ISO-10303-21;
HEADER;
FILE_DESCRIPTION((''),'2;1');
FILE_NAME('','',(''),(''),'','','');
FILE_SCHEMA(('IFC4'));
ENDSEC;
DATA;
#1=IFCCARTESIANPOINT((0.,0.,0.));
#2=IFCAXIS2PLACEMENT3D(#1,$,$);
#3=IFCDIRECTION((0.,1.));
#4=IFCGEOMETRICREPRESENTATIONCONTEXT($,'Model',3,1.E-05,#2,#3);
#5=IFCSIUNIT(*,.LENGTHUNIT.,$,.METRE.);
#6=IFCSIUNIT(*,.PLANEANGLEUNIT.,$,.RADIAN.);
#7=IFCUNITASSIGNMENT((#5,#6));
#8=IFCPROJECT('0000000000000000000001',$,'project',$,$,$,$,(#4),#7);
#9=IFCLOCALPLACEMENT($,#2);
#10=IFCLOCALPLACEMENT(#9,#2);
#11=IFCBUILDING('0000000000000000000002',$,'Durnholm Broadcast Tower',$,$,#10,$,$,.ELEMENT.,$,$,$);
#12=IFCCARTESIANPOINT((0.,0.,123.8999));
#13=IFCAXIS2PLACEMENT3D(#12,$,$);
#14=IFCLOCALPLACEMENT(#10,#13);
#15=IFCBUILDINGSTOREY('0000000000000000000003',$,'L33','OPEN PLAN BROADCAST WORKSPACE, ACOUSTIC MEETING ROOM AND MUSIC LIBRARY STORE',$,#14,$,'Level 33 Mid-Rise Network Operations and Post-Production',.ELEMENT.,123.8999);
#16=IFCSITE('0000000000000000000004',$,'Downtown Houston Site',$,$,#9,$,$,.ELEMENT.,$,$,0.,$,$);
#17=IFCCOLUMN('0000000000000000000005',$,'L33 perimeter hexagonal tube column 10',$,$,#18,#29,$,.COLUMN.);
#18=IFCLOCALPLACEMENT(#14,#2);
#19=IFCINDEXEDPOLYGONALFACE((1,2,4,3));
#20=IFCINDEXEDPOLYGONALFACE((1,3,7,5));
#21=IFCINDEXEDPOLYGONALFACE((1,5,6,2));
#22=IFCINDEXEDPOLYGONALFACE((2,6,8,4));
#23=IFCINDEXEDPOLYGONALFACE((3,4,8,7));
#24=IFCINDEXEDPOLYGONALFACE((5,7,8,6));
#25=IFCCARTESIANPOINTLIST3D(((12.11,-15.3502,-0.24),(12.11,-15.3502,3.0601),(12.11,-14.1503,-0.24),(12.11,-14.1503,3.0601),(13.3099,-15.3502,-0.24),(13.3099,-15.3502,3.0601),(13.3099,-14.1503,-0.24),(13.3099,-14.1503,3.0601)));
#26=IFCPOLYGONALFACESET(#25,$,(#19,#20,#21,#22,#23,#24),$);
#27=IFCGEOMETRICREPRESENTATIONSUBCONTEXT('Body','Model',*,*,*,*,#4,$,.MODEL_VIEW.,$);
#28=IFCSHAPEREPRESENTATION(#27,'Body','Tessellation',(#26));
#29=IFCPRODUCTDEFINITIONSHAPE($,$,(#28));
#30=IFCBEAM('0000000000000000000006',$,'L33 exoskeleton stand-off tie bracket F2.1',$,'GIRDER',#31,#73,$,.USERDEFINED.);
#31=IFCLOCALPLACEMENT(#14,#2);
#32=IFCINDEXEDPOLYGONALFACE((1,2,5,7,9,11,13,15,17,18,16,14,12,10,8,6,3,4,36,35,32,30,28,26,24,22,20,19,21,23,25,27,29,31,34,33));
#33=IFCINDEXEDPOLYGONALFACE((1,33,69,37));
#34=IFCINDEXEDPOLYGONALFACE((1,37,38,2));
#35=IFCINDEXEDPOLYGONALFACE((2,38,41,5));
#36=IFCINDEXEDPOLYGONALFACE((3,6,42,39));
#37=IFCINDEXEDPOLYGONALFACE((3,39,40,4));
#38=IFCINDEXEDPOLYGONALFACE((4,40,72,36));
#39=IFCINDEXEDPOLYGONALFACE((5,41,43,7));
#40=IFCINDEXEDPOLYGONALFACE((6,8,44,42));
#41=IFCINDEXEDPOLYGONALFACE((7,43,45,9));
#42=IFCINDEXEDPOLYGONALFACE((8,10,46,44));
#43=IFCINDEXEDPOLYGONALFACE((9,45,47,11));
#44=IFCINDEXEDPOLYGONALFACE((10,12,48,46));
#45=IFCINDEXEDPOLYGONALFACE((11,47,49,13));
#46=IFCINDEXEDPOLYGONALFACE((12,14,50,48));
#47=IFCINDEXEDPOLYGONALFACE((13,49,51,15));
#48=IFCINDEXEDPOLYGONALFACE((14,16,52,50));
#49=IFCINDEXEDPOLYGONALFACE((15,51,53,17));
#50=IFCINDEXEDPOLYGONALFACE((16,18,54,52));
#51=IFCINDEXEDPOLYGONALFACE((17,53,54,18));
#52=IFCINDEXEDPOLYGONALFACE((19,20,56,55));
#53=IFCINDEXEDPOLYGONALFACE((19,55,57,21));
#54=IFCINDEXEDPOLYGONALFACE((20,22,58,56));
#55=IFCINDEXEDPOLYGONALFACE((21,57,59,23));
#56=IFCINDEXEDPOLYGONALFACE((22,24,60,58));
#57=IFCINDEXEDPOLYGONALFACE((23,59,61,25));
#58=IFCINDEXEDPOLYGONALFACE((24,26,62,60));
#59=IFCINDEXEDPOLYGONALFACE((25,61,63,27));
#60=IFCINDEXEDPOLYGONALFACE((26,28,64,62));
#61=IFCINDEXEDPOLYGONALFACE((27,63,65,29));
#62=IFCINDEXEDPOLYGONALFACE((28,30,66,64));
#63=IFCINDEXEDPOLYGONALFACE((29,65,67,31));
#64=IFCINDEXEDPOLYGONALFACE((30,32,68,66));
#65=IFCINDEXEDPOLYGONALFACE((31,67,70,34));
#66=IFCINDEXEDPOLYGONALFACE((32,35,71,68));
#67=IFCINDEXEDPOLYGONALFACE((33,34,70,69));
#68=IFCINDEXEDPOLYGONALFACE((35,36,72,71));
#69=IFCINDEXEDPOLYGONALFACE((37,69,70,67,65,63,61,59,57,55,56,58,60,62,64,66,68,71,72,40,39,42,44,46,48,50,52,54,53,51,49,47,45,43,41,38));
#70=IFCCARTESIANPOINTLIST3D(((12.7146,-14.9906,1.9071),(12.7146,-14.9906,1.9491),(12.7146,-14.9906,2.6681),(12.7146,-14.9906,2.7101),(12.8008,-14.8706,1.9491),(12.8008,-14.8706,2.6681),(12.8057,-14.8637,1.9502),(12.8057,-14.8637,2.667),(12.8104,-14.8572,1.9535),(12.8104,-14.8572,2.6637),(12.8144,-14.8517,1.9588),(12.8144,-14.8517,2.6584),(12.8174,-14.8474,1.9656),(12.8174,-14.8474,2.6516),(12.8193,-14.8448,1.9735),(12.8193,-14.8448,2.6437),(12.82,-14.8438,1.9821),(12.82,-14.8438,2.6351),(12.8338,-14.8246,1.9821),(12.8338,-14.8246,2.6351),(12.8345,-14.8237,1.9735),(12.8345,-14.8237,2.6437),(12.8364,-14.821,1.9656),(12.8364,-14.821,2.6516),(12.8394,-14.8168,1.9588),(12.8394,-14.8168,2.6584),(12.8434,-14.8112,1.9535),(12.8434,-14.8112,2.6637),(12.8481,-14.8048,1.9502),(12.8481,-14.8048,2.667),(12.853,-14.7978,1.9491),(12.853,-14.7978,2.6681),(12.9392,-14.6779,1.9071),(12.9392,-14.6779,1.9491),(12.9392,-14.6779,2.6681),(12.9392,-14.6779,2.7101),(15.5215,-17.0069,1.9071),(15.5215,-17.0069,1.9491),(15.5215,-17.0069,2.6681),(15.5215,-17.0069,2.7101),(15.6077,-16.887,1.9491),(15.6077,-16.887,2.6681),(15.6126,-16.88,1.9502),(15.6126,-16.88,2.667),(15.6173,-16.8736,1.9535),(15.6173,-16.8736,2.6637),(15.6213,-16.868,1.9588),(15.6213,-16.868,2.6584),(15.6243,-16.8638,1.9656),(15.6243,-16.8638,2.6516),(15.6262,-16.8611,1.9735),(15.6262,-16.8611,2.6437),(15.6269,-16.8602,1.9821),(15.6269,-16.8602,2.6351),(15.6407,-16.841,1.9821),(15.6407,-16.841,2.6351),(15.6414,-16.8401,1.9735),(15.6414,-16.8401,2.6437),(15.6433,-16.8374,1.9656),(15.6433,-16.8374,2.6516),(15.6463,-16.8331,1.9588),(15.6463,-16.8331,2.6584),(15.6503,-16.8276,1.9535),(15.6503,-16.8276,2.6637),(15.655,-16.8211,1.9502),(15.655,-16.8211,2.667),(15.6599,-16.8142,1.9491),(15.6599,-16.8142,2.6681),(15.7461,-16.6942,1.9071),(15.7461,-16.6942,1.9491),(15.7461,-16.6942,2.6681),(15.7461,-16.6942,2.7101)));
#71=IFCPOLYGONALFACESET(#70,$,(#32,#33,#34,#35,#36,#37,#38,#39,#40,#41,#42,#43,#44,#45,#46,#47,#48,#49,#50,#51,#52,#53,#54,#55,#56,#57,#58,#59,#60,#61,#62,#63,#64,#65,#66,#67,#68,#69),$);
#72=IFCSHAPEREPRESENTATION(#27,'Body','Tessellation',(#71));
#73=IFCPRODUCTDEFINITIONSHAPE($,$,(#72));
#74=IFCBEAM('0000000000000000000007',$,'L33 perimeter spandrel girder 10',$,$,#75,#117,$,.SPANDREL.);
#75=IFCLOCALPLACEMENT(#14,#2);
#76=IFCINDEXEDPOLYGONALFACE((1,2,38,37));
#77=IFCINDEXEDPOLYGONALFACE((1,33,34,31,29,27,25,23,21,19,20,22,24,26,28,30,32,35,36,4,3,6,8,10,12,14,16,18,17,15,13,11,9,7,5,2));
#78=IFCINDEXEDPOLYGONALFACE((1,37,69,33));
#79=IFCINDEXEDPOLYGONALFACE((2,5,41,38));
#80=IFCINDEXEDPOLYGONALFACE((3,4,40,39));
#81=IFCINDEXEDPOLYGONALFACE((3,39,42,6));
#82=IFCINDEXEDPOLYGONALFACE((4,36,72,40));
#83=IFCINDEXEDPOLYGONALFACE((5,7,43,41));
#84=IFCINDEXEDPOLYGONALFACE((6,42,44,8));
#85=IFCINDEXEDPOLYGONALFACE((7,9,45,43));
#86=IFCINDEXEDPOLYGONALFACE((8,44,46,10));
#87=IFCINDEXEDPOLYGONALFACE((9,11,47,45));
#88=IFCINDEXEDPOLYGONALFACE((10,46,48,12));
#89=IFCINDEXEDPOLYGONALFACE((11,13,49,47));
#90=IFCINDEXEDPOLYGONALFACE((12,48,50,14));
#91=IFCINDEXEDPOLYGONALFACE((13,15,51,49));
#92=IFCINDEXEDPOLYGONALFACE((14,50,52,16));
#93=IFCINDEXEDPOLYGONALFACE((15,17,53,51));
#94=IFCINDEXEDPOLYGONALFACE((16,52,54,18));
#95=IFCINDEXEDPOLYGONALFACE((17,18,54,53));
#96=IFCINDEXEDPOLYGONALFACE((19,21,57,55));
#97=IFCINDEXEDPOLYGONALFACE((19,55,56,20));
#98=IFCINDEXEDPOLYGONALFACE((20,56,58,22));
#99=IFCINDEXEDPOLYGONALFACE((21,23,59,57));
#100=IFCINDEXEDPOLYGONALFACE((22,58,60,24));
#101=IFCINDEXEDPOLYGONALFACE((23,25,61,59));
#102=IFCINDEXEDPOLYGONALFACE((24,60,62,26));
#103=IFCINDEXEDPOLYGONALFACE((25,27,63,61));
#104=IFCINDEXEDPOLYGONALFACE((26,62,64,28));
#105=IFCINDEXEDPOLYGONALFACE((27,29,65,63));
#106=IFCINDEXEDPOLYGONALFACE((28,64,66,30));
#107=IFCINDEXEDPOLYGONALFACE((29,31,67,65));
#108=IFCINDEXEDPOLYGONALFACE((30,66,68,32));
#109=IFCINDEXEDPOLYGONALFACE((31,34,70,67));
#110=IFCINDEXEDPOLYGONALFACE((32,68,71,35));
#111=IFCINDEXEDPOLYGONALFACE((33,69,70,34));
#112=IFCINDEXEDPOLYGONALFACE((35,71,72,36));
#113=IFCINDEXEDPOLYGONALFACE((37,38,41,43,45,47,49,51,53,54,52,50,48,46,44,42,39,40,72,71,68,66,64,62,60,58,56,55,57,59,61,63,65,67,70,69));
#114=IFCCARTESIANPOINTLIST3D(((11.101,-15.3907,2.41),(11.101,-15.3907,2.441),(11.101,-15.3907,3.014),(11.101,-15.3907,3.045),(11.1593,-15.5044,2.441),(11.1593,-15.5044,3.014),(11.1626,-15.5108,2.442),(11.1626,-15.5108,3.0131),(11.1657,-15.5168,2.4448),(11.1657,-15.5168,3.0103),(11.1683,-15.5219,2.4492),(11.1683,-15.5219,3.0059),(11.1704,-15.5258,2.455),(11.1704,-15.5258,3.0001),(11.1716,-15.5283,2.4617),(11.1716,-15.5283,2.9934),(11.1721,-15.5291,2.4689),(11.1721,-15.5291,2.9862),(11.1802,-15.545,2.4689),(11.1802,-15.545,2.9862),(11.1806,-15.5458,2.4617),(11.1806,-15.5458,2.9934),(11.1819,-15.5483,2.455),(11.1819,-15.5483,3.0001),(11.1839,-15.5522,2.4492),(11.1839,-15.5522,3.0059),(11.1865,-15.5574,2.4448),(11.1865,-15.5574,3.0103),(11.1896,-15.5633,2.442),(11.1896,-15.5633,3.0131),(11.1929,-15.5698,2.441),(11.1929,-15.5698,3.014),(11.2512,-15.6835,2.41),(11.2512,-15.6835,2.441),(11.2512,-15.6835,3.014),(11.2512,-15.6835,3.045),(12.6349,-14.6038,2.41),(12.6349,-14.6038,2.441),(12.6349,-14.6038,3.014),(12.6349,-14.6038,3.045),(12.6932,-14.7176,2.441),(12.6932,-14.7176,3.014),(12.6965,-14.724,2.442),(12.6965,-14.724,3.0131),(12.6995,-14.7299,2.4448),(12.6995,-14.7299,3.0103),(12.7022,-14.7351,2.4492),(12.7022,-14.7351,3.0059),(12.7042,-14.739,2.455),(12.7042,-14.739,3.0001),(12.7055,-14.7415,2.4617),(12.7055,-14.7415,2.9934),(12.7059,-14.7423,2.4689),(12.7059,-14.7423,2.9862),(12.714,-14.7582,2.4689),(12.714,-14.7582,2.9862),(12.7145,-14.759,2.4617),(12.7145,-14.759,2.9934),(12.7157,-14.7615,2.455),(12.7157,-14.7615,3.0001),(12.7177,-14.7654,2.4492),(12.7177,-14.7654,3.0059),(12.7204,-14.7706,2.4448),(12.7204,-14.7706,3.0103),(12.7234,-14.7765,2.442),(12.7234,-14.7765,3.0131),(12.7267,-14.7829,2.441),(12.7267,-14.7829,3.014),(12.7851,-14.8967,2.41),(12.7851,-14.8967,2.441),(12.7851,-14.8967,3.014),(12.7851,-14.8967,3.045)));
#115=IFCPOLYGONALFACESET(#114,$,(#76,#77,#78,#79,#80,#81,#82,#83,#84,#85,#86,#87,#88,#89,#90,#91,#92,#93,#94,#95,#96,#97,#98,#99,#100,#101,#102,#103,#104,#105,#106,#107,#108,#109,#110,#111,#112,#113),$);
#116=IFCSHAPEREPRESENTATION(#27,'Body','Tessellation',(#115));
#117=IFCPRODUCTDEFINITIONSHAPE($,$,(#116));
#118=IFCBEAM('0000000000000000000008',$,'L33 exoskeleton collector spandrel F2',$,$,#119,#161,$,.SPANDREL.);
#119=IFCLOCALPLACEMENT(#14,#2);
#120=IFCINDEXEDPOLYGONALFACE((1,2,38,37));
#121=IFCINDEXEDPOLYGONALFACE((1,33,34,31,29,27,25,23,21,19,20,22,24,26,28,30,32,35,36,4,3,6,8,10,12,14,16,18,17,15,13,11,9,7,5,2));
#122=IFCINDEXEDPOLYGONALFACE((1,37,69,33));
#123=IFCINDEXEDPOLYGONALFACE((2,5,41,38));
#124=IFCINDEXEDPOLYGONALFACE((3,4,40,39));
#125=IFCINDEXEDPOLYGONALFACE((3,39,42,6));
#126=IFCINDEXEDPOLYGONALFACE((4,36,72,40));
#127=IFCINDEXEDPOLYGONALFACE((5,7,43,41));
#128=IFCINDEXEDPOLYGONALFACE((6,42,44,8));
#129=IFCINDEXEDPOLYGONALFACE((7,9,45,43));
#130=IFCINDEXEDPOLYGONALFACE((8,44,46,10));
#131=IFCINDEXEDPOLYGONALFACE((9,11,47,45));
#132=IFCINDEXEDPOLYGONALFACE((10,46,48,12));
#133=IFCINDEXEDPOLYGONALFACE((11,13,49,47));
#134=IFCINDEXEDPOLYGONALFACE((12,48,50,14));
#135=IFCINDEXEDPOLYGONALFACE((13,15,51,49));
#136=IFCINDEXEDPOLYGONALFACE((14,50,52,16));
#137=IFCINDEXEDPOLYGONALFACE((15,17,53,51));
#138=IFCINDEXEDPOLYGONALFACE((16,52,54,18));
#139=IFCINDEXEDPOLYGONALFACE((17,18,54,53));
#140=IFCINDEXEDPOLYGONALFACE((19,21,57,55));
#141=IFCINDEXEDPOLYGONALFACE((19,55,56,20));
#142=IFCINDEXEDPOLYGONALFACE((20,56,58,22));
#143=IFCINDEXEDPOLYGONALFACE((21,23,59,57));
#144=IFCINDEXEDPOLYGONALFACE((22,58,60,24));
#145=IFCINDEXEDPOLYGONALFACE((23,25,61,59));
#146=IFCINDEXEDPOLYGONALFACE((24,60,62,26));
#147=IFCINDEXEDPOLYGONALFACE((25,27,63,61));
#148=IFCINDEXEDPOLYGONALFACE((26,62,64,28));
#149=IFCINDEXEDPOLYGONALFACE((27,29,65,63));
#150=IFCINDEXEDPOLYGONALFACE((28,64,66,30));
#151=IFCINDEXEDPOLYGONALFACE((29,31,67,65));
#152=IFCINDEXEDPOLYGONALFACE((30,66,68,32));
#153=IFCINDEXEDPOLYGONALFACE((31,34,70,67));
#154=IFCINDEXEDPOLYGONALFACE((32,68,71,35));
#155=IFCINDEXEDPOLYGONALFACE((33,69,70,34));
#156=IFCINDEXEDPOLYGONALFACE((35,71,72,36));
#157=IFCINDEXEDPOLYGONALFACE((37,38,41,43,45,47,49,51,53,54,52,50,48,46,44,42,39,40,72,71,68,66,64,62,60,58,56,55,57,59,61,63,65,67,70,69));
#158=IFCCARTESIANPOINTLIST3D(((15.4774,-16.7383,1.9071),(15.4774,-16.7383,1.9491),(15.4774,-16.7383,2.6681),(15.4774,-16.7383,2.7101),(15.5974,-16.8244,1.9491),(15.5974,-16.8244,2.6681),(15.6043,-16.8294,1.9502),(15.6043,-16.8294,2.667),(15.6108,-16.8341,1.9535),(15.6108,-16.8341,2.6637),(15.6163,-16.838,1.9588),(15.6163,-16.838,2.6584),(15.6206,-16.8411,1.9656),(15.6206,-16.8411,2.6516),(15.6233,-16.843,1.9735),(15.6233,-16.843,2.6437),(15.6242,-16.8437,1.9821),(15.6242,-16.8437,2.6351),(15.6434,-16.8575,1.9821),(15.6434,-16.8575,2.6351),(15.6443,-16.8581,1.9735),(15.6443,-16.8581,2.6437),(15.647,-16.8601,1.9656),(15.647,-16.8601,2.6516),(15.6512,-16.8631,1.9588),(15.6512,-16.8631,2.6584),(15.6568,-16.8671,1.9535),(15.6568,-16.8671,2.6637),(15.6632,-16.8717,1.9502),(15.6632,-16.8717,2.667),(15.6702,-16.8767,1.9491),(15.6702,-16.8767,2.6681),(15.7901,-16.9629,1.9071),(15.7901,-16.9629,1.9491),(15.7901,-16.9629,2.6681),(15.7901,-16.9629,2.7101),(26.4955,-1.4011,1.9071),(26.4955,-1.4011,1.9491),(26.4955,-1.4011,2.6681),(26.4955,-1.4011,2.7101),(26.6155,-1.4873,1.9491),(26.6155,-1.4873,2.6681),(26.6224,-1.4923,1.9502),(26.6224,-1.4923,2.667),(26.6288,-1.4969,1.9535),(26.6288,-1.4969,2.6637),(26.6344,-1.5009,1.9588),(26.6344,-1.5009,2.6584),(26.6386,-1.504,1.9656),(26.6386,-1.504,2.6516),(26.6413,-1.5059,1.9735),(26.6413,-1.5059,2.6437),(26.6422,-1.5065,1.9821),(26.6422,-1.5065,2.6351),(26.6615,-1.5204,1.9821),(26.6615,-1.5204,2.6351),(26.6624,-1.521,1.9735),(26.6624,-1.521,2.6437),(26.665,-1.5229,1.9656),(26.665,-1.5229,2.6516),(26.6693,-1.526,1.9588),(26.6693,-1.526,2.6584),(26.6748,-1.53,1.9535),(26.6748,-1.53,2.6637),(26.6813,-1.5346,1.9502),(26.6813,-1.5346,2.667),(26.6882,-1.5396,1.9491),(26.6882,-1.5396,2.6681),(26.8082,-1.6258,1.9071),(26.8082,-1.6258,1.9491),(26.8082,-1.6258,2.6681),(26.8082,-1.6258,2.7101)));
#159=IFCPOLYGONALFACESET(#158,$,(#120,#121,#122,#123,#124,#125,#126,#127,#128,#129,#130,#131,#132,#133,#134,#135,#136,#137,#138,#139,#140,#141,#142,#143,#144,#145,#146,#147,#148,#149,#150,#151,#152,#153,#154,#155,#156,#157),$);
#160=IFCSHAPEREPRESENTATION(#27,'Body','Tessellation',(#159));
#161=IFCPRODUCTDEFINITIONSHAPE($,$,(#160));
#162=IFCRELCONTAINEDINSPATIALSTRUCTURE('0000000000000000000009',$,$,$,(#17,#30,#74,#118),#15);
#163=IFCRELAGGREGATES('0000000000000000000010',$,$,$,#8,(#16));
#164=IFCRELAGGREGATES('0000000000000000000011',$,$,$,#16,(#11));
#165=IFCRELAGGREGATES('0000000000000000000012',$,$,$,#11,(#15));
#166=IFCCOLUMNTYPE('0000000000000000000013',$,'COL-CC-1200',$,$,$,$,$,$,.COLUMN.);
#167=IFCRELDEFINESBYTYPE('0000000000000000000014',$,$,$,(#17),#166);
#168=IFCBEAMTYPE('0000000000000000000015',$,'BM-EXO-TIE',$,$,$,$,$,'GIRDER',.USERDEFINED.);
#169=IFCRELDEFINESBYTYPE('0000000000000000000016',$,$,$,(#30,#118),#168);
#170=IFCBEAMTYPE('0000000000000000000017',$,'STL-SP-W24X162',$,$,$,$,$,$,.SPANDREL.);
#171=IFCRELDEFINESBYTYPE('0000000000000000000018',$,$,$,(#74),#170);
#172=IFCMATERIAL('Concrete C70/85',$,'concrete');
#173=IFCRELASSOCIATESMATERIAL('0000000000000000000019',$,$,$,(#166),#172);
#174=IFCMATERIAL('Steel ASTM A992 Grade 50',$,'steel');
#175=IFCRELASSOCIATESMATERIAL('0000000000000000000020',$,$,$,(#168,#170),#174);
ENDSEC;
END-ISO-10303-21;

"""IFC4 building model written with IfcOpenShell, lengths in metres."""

from ifc_helpers import new_model, si_unit, direction, frame, origin, origin_2d, place, context, subcontext, project, spatial, rectangle, i_section, extrude, source, transform, mapped, material, material_profile, profile_set, type_object, type_shapes, element, save


model = new_model("IFC4")

# Units and contexts
model_context = context("Model", 3, precision=1e-05, world=origin(), true_north=direction((0.0, 1.0)))
body_context = subcontext(model_context, "Body", "Model", "MODEL_VIEW")
ifc_project = project(units=[si_unit("LENGTHUNIT", "METRE"), si_unit("PLANEANGLEUNIT", "RADIAN")], contexts=[model_context])

# Site, building, storey
site_placement = place(None, origin())
site = spatial("IfcSite", under=ifc_project, at=site_placement, Name="Downtown Houston Site", CompositionType="ELEMENT", RefElevation=0.0)
building_placement = place(site_placement, origin())
building = spatial("IfcBuilding", under=site, at=building_placement, Name="Durnholm Broadcast Tower", CompositionType="ELEMENT")
storey_placement = place(building_placement, frame((0.0, 0.0, 123.8999)))
storey = spatial("IfcBuildingStorey", under=building, at=storey_placement, Name="L33", Description="OPEN PLAN BROADCAST WORKSPACE, ACOUSTIC MEETING ROOM AND MUSIC LIBRARY STORE", LongName="Level 33 Mid-Rise Network Operations and Post-Production", CompositionType="ELEMENT", Elevation=123.8999)

# Column
ifc_material_1 = material(Name="Concrete C70/85", Category="concrete")
ifc_material_profile_1 = material_profile(ifc_material_1, rectangle(XDim=1.2, YDim=1.2, at=origin_2d()), Name="RC1200X1200")
ifc_profile_set_1 = profile_set([ifc_material_profile_1], Name="Concrete C70/85")
column_type = type_object("IfcColumnType", Name="COL-CC-1200", PredefinedType="COLUMN", material=ifc_profile_set_1)
shared_shape_1 = source(origin(), body_context, "Body", "SweptSolid", [
    extrude(rectangle(XDim=1.2, YDim=1.2, at=origin_2d()), origin(), (0.0, 0.0, 1.0), 3.3),
])
type_shapes(column_type, [shared_shape_1])
column_placement = place(storey_placement, frame((12.71, -14.7502, -0.24), z_axis=(0.0, 0.0, 1.0), x_axis=(1.0, 0.0, 0.0)))
element("IfcColumn", 1, at=column_placement, inside=storey, type_object=column_type, Name="L33 perimeter hexagonal tube column 10", PredefinedType="COLUMN", context=body_context, shape_type="MappedRepresentation", body=[
    mapped(shared_shape_1, transform((0.0, 0.0, 0.0), x_axis=(1.0, 0.0, 0.0), y_axis=(0.0, 1.0, 0.0), z_axis=(0.0, 0.0, 1.0), scale=1.0)),
])

# Beams
ifc_material_2 = material(Name="Steel ASTM A992 Grade 50", Category="steel")
ifc_material_profile_2 = material_profile(ifc_material_2, i_section(OverallWidth=0.385, OverallDepth=0.803, WebThickness=0.0237, FlangeThickness=0.042, FilletRadius=0.033, at=origin_2d()), Name="W30X261")
ifc_profile_set_2 = profile_set([ifc_material_profile_2], Name="Steel ASTM A992 Grade 50")
beam_type_1 = type_object("IfcBeamType", Name="BM-EXO-TIE", ElementType="GIRDER", PredefinedType="USERDEFINED", material=ifc_profile_set_2)
shared_shape_2 = source(origin(), body_context, "Body", "SweptSolid", [
    extrude(i_section(OverallWidth=0.385, OverallDepth=0.803, WebThickness=0.0237, FlangeThickness=0.042, FilletRadius=0.033, at=origin_2d()), origin(), (0.0, 0.0, 1.0), 3.4561),
])
beam_1_placement = place(storey_placement, frame((12.8269, -14.8342, 2.3086), z_axis=(0.812165, -0.583428, 0.0), x_axis=(0.583428, 0.812165, 0.0)))
element("IfcBeam", 2, at=beam_1_placement, inside=storey, type_object=beam_type_1, Name="L33 exoskeleton stand-off tie bracket F2.1", ObjectType="GIRDER", PredefinedType="USERDEFINED", context=body_context, shape_type="MappedRepresentation", body=[
    mapped(shared_shape_2, transform((0.0, 0.0, 0.0), x_axis=(1.0, 0.0, 0.0), y_axis=(0.0, 1.0, 0.0), z_axis=(0.0, 0.0, 1.0), scale=1.0)),
])
ifc_material_profile_3 = material_profile(ifc_material_2, i_section(OverallWidth=0.3291, OverallDepth=0.635, WebThickness=0.0178, FlangeThickness=0.031, FilletRadius=0.0278, at=origin_2d()), Name="W24X162")
ifc_profile_set_3 = profile_set([ifc_material_profile_3], Name="Steel ASTM A992 Grade 50")
beam_type_2 = type_object("IfcBeamType", Name="STL-SP-W24X162", PredefinedType="SPANDREL", material=ifc_profile_set_3)
shared_shape_3 = source(origin(), body_context, "Body", "SweptSolid", [
    extrude(i_section(OverallWidth=0.3291, OverallDepth=0.635, WebThickness=0.0178, FlangeThickness=0.031, FilletRadius=0.0278, at=origin_2d()), origin(), (0.0, 0.0, 1.0), 1.7239),
])
type_shapes(beam_type_2, [shared_shape_3])
beam_2_placement = place(storey_placement, frame((12.71, -14.7502, 2.7275), z_axis=(-0.889763, -0.456423, 0.0), x_axis=(0.456423, -0.889763, 0.0)))
element("IfcBeam", 3, at=beam_2_placement, inside=storey, type_object=beam_type_2, Name="L33 perimeter spandrel girder 10", PredefinedType="SPANDREL", context=body_context, shape_type="MappedRepresentation", body=[
    mapped(shared_shape_3, transform((0.0, 0.0, 0.0), x_axis=(1.0, 0.0, 0.0), y_axis=(0.0, 1.0, 0.0), z_axis=(0.0, 0.0, 1.0), scale=1.0)),
])
shared_shape_4 = source(origin(), body_context, "Body", "SweptSolid", [
    extrude(i_section(OverallWidth=0.385, OverallDepth=0.803, WebThickness=0.0237, FlangeThickness=0.042, FilletRadius=0.033, at=origin_2d()), origin(), (0.0, 0.0, 1.0), 18.8845),
])
type_shapes(beam_type_1, [shared_shape_2, shared_shape_4])
beam_3_placement = place(storey_placement, frame((15.6338, -16.8506, 2.3086), z_axis=(0.583443, 0.812154, 0.0), x_axis=(-0.812154, 0.583443, 0.0)))
element("IfcBeam", 4, at=beam_3_placement, inside=storey, type_object=beam_type_1, Name="L33 exoskeleton collector spandrel F2", PredefinedType="SPANDREL", context=body_context, shape_type="MappedRepresentation", body=[
    mapped(shared_shape_4, transform((0.0, 0.0, 0.0), x_axis=(1.0, 0.0, 0.0), y_axis=(0.0, 1.0, 0.0), z_axis=(0.0, 0.0, 1.0), scale=1.0)),
])

save(model, "model.ifc")
